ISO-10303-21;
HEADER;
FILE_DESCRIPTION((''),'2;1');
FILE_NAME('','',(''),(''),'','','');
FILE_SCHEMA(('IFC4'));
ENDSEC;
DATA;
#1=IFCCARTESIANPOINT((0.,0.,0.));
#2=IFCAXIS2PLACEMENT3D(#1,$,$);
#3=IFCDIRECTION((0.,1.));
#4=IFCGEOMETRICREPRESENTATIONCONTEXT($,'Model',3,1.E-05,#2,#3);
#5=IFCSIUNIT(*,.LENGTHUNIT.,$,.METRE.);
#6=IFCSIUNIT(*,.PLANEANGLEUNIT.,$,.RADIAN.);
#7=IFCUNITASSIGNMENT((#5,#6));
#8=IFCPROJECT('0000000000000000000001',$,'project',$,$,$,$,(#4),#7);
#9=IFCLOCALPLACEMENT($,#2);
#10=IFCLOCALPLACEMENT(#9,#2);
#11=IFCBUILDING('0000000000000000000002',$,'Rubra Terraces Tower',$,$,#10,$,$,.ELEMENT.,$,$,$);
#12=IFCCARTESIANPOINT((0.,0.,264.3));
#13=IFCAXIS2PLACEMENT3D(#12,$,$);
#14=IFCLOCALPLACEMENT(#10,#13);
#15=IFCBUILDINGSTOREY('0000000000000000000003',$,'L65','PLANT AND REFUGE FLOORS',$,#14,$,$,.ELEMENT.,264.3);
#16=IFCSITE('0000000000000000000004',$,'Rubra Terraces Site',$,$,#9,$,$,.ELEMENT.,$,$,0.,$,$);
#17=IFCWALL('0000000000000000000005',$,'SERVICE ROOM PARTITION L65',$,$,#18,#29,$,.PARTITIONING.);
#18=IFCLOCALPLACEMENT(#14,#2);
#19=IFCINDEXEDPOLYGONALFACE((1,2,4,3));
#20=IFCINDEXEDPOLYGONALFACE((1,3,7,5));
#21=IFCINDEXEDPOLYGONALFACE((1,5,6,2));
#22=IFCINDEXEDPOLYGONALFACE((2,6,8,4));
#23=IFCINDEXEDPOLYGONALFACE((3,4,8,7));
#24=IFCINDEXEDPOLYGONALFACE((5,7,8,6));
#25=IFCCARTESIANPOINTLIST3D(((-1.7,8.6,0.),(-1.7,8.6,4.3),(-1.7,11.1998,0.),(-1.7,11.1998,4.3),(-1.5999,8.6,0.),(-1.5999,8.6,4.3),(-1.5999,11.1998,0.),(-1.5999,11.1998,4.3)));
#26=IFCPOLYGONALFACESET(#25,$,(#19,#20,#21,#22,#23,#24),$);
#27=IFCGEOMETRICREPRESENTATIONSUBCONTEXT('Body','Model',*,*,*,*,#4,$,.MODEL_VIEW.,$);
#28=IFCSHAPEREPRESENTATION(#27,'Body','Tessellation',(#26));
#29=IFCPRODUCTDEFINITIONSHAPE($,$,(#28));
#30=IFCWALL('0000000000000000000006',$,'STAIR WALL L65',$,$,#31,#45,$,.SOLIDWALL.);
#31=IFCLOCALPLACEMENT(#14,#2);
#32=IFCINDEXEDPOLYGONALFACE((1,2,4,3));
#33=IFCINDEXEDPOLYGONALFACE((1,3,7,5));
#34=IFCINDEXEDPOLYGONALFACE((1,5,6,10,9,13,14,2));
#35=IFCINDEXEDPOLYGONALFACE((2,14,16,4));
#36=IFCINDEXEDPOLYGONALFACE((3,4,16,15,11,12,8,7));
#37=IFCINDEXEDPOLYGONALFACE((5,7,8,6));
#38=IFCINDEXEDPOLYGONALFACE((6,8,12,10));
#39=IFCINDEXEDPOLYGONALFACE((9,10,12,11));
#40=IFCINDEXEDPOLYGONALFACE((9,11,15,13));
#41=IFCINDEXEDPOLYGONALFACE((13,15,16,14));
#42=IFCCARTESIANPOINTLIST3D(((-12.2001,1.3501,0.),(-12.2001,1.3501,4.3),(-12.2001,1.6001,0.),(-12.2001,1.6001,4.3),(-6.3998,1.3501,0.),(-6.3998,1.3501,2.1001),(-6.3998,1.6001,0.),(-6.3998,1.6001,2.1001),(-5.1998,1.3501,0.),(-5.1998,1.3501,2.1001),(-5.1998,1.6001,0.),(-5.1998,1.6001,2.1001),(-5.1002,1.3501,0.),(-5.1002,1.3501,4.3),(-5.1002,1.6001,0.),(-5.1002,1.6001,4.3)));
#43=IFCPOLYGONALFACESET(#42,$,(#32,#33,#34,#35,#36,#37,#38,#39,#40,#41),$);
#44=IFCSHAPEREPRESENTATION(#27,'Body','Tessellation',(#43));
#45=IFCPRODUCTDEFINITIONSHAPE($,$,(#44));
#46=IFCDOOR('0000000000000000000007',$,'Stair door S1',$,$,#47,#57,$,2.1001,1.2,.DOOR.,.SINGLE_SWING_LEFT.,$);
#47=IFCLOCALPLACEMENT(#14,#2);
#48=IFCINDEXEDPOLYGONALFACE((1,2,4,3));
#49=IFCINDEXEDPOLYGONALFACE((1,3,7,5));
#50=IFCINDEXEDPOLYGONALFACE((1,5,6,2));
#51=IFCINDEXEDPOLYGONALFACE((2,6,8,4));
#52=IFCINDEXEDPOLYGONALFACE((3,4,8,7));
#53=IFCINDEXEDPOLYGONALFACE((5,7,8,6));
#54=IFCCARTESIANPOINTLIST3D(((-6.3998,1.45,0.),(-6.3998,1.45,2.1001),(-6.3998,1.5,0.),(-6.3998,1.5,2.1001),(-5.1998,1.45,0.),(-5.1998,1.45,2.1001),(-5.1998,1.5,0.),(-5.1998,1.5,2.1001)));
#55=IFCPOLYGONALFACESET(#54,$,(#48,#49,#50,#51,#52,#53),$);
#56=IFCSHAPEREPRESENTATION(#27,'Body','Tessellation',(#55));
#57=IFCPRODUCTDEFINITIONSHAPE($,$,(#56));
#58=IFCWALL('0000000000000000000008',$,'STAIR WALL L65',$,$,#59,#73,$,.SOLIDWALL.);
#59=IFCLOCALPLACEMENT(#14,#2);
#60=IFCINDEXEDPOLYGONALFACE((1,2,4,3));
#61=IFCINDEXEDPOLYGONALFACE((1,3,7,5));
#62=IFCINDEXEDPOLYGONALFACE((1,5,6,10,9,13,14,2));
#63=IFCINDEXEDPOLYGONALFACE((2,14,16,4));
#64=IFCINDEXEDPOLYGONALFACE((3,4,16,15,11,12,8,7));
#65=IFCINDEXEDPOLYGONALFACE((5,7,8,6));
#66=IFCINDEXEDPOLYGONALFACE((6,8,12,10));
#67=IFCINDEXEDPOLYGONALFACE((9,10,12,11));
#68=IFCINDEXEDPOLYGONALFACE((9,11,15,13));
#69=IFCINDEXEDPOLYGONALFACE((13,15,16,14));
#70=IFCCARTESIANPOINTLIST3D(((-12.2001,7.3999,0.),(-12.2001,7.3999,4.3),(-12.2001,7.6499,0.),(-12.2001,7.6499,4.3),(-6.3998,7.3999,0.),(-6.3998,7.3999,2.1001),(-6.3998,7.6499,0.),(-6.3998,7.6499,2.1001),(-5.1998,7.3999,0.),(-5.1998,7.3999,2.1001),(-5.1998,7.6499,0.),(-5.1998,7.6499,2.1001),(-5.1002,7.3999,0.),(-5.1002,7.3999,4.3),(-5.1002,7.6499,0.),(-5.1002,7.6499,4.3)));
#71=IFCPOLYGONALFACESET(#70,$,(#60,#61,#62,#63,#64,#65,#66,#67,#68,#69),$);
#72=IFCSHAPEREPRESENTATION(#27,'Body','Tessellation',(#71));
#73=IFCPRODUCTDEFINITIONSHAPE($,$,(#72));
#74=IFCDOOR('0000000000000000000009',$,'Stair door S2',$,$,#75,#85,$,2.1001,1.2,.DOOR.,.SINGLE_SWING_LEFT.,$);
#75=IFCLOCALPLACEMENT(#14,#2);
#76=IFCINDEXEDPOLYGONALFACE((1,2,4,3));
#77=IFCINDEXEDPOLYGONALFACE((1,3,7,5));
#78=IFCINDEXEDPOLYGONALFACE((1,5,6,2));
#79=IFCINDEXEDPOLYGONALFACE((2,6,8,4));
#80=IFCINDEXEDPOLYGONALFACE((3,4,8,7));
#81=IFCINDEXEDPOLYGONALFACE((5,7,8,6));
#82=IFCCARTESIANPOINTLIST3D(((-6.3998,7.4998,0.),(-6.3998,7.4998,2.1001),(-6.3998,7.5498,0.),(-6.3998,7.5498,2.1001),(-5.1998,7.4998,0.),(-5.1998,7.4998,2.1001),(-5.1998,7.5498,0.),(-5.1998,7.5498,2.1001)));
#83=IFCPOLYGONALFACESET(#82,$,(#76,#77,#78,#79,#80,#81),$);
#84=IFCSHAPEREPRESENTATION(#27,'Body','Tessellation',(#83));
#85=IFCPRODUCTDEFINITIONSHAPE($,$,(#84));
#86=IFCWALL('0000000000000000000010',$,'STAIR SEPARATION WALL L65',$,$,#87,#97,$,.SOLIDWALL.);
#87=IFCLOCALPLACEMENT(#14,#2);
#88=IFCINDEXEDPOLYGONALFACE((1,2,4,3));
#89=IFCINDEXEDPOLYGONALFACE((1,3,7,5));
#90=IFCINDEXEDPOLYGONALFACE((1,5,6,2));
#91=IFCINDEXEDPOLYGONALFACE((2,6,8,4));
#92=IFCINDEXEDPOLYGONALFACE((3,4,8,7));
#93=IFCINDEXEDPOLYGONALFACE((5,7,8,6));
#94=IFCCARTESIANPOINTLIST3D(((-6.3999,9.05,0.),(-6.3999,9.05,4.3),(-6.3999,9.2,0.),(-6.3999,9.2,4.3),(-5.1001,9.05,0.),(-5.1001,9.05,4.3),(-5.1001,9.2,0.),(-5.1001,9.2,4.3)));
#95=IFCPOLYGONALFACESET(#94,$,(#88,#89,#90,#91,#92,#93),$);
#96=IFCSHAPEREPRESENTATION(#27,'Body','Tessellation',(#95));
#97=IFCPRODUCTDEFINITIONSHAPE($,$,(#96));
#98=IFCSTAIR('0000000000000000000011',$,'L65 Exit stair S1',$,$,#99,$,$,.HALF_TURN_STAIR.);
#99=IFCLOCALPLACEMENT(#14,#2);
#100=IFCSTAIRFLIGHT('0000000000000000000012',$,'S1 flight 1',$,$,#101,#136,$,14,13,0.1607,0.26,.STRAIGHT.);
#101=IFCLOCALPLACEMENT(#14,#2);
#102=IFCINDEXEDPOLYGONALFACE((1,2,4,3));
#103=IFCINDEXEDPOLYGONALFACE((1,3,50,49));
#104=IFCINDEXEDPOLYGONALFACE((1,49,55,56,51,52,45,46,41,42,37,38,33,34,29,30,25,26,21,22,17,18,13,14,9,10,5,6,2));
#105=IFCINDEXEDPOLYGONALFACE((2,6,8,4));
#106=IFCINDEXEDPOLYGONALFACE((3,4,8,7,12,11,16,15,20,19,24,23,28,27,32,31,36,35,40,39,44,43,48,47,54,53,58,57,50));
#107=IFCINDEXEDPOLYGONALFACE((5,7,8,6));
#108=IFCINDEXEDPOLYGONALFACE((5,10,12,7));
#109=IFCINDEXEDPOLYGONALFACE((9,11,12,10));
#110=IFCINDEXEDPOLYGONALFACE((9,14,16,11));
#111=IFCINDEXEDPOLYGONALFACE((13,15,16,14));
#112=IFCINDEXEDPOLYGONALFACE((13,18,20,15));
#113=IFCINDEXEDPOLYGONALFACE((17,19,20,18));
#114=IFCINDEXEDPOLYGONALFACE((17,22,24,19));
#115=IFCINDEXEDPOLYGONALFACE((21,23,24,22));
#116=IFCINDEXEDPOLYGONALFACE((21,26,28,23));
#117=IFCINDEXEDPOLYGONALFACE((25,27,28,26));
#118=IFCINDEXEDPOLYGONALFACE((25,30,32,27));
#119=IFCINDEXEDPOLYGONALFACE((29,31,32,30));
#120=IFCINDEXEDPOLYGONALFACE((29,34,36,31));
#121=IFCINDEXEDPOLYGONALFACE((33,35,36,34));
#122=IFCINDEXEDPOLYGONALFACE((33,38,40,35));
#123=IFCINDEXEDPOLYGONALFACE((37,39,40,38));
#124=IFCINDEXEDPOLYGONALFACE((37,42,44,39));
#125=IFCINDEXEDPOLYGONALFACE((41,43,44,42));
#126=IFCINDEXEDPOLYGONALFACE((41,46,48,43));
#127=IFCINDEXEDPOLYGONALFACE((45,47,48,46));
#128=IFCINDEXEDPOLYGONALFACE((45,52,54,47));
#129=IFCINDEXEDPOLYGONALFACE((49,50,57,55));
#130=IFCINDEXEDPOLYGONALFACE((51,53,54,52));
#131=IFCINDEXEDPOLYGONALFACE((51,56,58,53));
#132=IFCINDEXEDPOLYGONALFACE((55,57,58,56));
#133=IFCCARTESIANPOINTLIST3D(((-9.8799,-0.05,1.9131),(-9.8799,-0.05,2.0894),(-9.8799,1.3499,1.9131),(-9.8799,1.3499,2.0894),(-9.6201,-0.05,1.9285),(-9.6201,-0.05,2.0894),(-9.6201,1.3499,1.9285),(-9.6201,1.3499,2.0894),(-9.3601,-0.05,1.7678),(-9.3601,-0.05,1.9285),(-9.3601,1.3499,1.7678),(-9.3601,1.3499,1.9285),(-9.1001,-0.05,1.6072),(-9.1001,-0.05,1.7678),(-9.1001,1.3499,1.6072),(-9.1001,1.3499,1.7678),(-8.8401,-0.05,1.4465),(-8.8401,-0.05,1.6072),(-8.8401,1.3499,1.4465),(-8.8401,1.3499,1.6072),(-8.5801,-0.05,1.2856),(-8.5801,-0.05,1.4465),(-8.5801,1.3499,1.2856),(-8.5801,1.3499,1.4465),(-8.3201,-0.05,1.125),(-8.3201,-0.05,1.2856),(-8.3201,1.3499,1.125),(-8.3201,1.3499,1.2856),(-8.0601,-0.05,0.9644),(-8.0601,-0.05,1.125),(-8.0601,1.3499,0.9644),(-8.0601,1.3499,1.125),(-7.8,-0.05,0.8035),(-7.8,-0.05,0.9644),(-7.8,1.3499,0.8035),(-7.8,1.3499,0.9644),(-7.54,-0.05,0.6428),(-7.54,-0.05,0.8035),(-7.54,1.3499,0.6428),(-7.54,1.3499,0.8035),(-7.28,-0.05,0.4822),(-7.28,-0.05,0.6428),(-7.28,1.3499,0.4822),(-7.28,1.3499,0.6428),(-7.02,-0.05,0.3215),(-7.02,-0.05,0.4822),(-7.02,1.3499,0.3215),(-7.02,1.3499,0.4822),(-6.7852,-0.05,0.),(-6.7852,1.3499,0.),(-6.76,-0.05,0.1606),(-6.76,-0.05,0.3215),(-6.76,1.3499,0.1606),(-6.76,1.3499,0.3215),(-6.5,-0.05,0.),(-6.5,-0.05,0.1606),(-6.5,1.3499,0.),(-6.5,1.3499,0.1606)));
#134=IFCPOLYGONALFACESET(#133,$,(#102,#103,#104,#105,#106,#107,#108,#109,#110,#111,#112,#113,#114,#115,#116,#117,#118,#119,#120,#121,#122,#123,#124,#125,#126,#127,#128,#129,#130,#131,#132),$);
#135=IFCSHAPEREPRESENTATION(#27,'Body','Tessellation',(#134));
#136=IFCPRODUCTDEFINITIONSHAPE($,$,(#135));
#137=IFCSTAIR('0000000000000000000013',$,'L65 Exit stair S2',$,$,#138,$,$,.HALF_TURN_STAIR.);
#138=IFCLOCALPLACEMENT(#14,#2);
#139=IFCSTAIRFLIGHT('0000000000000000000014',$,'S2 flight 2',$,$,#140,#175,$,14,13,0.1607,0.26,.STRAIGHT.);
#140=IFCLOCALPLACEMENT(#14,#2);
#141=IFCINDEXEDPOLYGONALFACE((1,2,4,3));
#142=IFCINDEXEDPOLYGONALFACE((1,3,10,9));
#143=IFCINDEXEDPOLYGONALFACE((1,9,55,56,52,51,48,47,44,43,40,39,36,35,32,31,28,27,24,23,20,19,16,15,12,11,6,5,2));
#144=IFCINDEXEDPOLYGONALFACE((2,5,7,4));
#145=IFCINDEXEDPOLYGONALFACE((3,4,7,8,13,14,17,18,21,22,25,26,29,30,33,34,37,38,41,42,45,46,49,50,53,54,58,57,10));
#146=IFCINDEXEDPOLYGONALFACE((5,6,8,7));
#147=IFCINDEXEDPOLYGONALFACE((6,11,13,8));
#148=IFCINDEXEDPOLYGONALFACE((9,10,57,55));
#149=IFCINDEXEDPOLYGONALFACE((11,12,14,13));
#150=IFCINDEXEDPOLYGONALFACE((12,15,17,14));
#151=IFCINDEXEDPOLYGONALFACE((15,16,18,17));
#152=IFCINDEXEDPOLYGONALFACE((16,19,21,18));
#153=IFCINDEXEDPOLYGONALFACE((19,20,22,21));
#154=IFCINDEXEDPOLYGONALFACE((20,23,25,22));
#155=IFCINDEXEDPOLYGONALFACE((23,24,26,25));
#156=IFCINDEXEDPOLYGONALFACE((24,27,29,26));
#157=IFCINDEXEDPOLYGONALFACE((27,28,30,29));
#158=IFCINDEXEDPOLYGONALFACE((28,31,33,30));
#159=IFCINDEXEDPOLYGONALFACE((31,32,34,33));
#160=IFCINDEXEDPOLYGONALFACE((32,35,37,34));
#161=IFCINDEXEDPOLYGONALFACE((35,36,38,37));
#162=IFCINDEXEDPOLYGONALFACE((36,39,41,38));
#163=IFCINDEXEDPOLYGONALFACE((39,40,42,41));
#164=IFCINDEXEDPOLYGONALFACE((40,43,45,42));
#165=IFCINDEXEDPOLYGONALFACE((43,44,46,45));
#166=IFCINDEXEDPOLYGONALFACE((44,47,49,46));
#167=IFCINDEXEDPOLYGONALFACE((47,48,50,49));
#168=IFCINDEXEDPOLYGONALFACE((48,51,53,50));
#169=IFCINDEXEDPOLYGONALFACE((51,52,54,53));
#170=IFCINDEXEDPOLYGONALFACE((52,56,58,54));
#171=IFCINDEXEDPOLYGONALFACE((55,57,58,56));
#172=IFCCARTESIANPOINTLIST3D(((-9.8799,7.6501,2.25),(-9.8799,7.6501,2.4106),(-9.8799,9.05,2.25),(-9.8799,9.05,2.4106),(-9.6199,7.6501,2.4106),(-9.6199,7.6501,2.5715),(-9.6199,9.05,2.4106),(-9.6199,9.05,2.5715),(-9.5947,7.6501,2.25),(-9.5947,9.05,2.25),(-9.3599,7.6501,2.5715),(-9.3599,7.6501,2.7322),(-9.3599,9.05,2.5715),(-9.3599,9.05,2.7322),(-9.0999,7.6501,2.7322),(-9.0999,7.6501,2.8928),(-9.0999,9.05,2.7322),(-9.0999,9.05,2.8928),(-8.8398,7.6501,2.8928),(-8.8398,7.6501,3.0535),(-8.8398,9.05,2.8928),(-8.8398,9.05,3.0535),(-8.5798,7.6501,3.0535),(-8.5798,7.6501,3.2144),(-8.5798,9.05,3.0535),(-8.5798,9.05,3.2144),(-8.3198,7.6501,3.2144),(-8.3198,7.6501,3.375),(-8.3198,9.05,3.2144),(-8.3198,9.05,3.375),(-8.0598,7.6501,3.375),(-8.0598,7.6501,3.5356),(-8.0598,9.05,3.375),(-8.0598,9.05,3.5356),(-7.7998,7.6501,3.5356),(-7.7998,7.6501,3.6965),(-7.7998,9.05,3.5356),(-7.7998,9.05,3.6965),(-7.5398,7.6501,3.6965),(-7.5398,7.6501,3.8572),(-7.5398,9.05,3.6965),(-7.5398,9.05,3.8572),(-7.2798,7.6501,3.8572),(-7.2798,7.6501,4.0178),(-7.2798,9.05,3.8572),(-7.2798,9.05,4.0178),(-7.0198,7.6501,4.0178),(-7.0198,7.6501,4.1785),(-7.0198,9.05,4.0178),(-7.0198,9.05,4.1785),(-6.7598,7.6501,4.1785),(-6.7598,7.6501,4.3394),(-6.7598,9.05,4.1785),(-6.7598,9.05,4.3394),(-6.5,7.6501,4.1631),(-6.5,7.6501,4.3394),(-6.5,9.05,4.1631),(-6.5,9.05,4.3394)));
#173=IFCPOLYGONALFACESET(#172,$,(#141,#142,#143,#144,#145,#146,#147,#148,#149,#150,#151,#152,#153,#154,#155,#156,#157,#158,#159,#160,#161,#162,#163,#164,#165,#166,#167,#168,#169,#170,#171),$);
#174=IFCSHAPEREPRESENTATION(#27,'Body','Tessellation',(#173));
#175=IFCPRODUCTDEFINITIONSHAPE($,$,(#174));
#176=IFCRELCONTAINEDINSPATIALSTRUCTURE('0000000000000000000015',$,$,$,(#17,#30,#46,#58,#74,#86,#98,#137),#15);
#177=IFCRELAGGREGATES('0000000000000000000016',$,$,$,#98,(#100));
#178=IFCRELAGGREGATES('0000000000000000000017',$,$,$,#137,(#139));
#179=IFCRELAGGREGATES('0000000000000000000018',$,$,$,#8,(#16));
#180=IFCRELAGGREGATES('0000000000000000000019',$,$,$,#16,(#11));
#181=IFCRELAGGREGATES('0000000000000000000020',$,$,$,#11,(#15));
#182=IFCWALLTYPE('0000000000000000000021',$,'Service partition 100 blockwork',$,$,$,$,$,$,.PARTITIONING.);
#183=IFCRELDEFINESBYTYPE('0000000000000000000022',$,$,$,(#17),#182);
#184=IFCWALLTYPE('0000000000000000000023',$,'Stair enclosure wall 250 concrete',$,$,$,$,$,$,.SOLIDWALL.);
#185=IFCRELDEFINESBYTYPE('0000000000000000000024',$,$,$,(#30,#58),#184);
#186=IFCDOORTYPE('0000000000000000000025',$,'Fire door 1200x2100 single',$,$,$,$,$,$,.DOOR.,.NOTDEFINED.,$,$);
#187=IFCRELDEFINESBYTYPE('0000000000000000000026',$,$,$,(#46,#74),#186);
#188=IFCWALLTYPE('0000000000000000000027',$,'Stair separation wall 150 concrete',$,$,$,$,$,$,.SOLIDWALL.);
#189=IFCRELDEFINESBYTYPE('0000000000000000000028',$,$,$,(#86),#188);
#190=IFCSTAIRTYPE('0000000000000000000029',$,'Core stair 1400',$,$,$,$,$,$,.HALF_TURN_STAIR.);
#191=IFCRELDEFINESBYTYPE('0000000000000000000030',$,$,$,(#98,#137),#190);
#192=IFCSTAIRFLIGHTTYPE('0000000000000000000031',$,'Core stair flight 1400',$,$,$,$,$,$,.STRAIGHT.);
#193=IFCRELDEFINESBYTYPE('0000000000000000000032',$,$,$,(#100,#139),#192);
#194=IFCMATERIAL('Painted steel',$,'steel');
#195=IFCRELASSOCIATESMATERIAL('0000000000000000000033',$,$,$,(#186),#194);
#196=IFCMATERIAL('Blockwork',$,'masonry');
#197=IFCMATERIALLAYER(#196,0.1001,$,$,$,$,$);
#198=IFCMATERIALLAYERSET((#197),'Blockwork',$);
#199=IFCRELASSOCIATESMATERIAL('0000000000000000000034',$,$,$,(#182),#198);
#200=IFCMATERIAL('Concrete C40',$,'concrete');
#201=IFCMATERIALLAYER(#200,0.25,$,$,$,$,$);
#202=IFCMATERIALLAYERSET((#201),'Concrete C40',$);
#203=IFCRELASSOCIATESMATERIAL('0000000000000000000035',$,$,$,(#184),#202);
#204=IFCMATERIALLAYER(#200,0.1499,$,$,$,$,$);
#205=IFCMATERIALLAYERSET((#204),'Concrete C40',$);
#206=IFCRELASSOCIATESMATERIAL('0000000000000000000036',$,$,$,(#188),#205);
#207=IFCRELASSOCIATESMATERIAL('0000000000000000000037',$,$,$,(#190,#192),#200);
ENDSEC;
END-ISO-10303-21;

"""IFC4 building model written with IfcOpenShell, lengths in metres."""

from ifc_helpers import new_model, si_unit, direction, frame, frame_2d, origin, place, context, subcontext, project, spatial, polyline, rectangle, outline, extrude, material, layer, layer_set, type_object, element, fill, aggregate, save


model = new_model("IFC4")

# Units and contexts
model_context = context("Model", 3, precision=1e-05, world=origin(), true_north=direction((0.0, 1.0)))
body_context = subcontext(model_context, "Body", "Model", "MODEL_VIEW")
ifc_project = project(units=[si_unit("LENGTHUNIT", "METRE"), si_unit("PLANEANGLEUNIT", "RADIAN")], contexts=[model_context])

# Site, building, storey
site_placement = place(None, origin())
site = spatial("IfcSite", under=ifc_project, at=site_placement, Name="Rubra Terraces Site", CompositionType="ELEMENT", RefElevation=0.0)
building_placement = place(site_placement, origin())
building = spatial("IfcBuilding", under=site, at=building_placement, Name="Rubra Terraces Tower", CompositionType="ELEMENT")
storey_placement = place(building_placement, frame((0.0, 0.0, 264.3)))
storey = spatial("IfcBuildingStorey", under=building, at=storey_placement, Name="L65", Description="PLANT AND REFUGE FLOORS", CompositionType="ELEMENT", Elevation=264.3)

# Shared definitions
ifc_material_1 = material(Name="Concrete C40", Category="concrete")

# Shared definitions
ifc_material_2 = material(Name="Painted steel", Category="steel")
door_type_1 = type_object("IfcDoorType", Name="Fire door 1200x2100 single", OperationType="NOTDEFINED", PredefinedType="DOOR", material=ifc_material_2)

# Wall
ifc_material_3 = material(Name="Blockwork", Category="masonry")
ifc_layer_1 = layer(ifc_material_3, 0.1001)
ifc_layer_set_1 = layer_set([ifc_layer_1], Name="Blockwork")
wall_type_1 = type_object("IfcWallType", Name="Service partition 100 blockwork", PredefinedType="PARTITIONING", material=ifc_layer_set_1)
wall_1_placement = place(storey_placement, frame((-1.6499, 8.6001, 0.0), z_axis=(0.0, 0.0, 1.0), x_axis=(0.0, 1.0, 0.0)))
element("IfcWall", 1, at=wall_1_placement, inside=storey, type_object=wall_type_1, Name="SERVICE ROOM PARTITION L65", PredefinedType="PARTITIONING", context=body_context, shape_type="SweptSolid", body=[
    extrude(rectangle(XDim=2.5999, YDim=0.1001, at=frame_2d((1.2998, 0.0))), origin(), (0.0, 0.0, 1.0), 4.3),
])

# Walls, openings, doors
ifc_layer_2 = layer(ifc_material_1, 0.25)
ifc_layer_set_2 = layer_set([ifc_layer_2], Name="Concrete C40")
wall_type_2 = type_object("IfcWallType", Name="Stair enclosure wall 250 concrete", PredefinedType="SOLIDWALL", material=ifc_layer_set_2)
wall_2_placement = place(storey_placement, frame((-12.2, 1.4751, 0.0), z_axis=(0.0, 0.0, 1.0), x_axis=(1.0, 0.0, 0.0)))
wall_2 = element("IfcWall", 2, at=wall_2_placement, inside=storey, type_object=wall_type_2, Name="STAIR WALL L65", PredefinedType="SOLIDWALL", context=body_context, shape_type="SweptSolid", body=[
    extrude(rectangle(XDim=7.0999, YDim=0.25, at=frame_2d((3.5498, 0.0))), origin(), (0.0, 0.0, 1.0), 4.3),
])
opening_1_placement = place(wall_2_placement, frame((5.8, 0.0, 0.0)))
opening_1 = element("IfcOpeningElement", 3, at=opening_1_placement, cuts=wall_2, PredefinedType="OPENING", context=body_context, shape_type="SweptSolid", body=[
    extrude(rectangle(XDim=1.2, YDim=2.1001, at=frame_2d((0.6001, 1.05))), frame((0.0, 0.135, 0.0), z_axis=(0.0, -1.0, 0.0), x_axis=(1.0, 0.0, 0.0)), (0.0, 0.0, 1.0), 0.27),
])
door_1_placement = place(opening_1_placement, origin())
door_1 = element("IfcDoor", 4, at=door_1_placement, inside=storey, type_object=door_type_1, Name="Stair door S1", OperationType="SINGLE_SWING_LEFT", OverallHeight=2.1001, OverallWidth=1.2, PredefinedType="DOOR", context=body_context, shape_type="SweptSolid", body=[
    extrude(rectangle(XDim=1.2, YDim=2.1001, at=frame_2d((0.6001, 1.05))), frame((0.0, 0.0249, 0.0), z_axis=(0.0, -1.0, 0.0), x_axis=(1.0, 0.0, 0.0)), (0.0, 0.0, 1.0), 0.05),
])
fill(opening_1, door_1)
wall_3_placement = place(storey_placement, frame((-12.2, 7.5249, 0.0), z_axis=(0.0, 0.0, 1.0), x_axis=(1.0, 0.0, 0.0)))
wall_3 = element("IfcWall", 5, at=wall_3_placement, inside=storey, type_object=wall_type_2, Name="STAIR WALL L65", PredefinedType="SOLIDWALL", context=body_context, shape_type="SweptSolid", body=[
    extrude(rectangle(XDim=7.0999, YDim=0.25, at=frame_2d((3.5498, 0.0))), origin(), (0.0, 0.0, 1.0), 4.3),
])
opening_2_placement = place(wall_3_placement, frame((5.8, 0.0, 0.0)))
opening_2 = element("IfcOpeningElement", 6, at=opening_2_placement, cuts=wall_3, PredefinedType="OPENING", context=body_context, shape_type="SweptSolid", body=[
    extrude(rectangle(XDim=1.2, YDim=2.1001, at=frame_2d((0.6001, 1.05))), frame((0.0, 0.135, 0.0), z_axis=(0.0, -1.0, 0.0), x_axis=(1.0, 0.0, 0.0)), (0.0, 0.0, 1.0), 0.27),
])
door_2_placement = place(opening_2_placement, origin())
door_2 = element("IfcDoor", 7, at=door_2_placement, inside=storey, type_object=door_type_1, Name="Stair door S2", OperationType="SINGLE_SWING_LEFT", OverallHeight=2.1001, OverallWidth=1.2, PredefinedType="DOOR", context=body_context, shape_type="SweptSolid", body=[
    extrude(rectangle(XDim=1.2, YDim=2.1001, at=frame_2d((0.6001, 1.05))), frame((0.0, 0.0249, 0.0), z_axis=(0.0, -1.0, 0.0), x_axis=(1.0, 0.0, 0.0)), (0.0, 0.0, 1.0), 0.05),
])
fill(opening_2, door_2)

# Wall
ifc_layer_3 = layer(ifc_material_1, 0.1499)
ifc_layer_set_3 = layer_set([ifc_layer_3], Name="Concrete C40")
wall_type_3 = type_object("IfcWallType", Name="Stair separation wall 150 concrete", PredefinedType="SOLIDWALL", material=ifc_layer_set_3)
wall_4_placement = place(storey_placement, frame((-6.3999, 9.125, 0.0), z_axis=(0.0, 0.0, 1.0), x_axis=(1.0, 0.0, 0.0)))
element("IfcWall", 8, at=wall_4_placement, inside=storey, type_object=wall_type_3, Name="STAIR SEPARATION WALL L65", PredefinedType="SOLIDWALL", context=body_context, shape_type="SweptSolid", body=[
    extrude(rectangle(XDim=1.2998, YDim=0.1499, at=frame_2d((0.6499, 0.0))), origin(), (0.0, 0.0, 1.0), 4.3),
])

# Stairs, stair flights
stair_type = type_object("IfcStairType", Name="Core stair 1400", PredefinedType="HALF_TURN_STAIR", material=ifc_material_1)
stair_1_placement = place(storey_placement, origin())
stair_1 = element("IfcStair", 9, at=stair_1_placement, inside=storey, type_object=stair_type, Name="L65 Exit stair S1", PredefinedType="HALF_TURN_STAIR")
stair_flight_type = type_object("IfcStairFlightType", Name="Core stair flight 1400", PredefinedType="STRAIGHT", material=ifc_material_1)
stair_flight_1_placement = place(storey_placement, frame((-6.5, 0.6499, 0.0), z_axis=(0.0, 0.0, 1.0), x_axis=(-1.0, 0.0, 0.0)))
stair_flight_1 = element("IfcStairFlight", 10, at=stair_flight_1_placement, type_object=stair_flight_type, Name="S1 flight 1", NumberOfRisers=14, NumberOfTreads=13, PredefinedType="STRAIGHT", RiserHeight=0.1607, TreadLength=0.26, context=body_context, shape_type="SweptSolid", body=[
    extrude(outline(polyline([(0.0, 0.0), (0.0, 0.1606), (0.26, 0.1606), (0.26, 0.3215), (0.52, 0.3215), (0.52, 0.4822), (0.78, 0.4822), (0.78, 0.6428), (1.04, 0.6428), (1.04, 0.8035), (1.3, 0.8035), (1.3, 0.9644), (1.5601, 0.9644), (1.5601, 1.125), (1.8201, 1.125), (1.8201, 1.2856), (2.0801, 1.2856), (2.0801, 1.4465), (2.3401, 1.4465), (2.3401, 1.6072), (2.6001, 1.6072), (2.6001, 1.7678), (2.8601, 1.7678), (2.8601, 1.9285), (3.1201, 1.9285), (3.1201, 2.0894), (3.3799, 2.0894), (3.3799, 2.25), (3.3799, 1.9131), (0.2852, 0.0), (0.0, 0.0)])), frame((0.0, 0.7, 0.0), z_axis=(0.0, -1.0, 0.0), x_axis=(1.0, 0.0, 0.0)), (0.0, 0.0, 1.0), 1.3999),
])
aggregate(stair_1, [stair_flight_1])
stair_2_placement = place(storey_placement, origin())
stair_2 = element("IfcStair", 11, at=stair_2_placement, inside=storey, type_object=stair_type, Name="L65 Exit stair S2", PredefinedType="HALF_TURN_STAIR")
stair_flight_2_placement = place(storey_placement, frame((-9.8799, 8.3501, 2.25), z_axis=(0.0, 0.0, 1.0), x_axis=(1.0, 0.0, 0.0)))
stair_flight_2 = element("IfcStairFlight", 12, at=stair_flight_2_placement, type_object=stair_flight_type, Name="S2 flight 2", NumberOfRisers=14, NumberOfTreads=13, PredefinedType="STRAIGHT", RiserHeight=0.1607, TreadLength=0.26, context=body_context, shape_type="SweptSolid", body=[
    extrude(outline(polyline([(0.0, 0.0), (0.0, 0.1606), (0.26, 0.1606), (0.26, 0.3215), (0.52, 0.3215), (0.52, 0.4822), (0.78, 0.4822), (0.78, 0.6428), (1.04, 0.6428), (1.04, 0.8035), (1.3, 0.8035), (1.3, 0.9644), (1.5601, 0.9644), (1.5601, 1.125), (1.8201, 1.125), (1.8201, 1.2856), (2.0801, 1.2856), (2.0801, 1.4465), (2.3401, 1.4465), (2.3401, 1.6072), (2.6001, 1.6072), (2.6001, 1.7678), (2.8601, 1.7678), (2.8601, 1.9285), (3.1201, 1.9285), (3.1201, 2.0894), (3.3799, 2.0894), (3.3799, 2.25), (3.3799, 1.9131), (0.2852, 0.0), (0.0, 0.0)])), frame((0.0, 0.7, 0.0), z_axis=(0.0, -1.0, 0.0), x_axis=(1.0, 0.0, 0.0)), (0.0, 0.0, 1.0), 1.3999),
])
aggregate(stair_2, [stair_flight_2])

save(model, "model.ifc")
